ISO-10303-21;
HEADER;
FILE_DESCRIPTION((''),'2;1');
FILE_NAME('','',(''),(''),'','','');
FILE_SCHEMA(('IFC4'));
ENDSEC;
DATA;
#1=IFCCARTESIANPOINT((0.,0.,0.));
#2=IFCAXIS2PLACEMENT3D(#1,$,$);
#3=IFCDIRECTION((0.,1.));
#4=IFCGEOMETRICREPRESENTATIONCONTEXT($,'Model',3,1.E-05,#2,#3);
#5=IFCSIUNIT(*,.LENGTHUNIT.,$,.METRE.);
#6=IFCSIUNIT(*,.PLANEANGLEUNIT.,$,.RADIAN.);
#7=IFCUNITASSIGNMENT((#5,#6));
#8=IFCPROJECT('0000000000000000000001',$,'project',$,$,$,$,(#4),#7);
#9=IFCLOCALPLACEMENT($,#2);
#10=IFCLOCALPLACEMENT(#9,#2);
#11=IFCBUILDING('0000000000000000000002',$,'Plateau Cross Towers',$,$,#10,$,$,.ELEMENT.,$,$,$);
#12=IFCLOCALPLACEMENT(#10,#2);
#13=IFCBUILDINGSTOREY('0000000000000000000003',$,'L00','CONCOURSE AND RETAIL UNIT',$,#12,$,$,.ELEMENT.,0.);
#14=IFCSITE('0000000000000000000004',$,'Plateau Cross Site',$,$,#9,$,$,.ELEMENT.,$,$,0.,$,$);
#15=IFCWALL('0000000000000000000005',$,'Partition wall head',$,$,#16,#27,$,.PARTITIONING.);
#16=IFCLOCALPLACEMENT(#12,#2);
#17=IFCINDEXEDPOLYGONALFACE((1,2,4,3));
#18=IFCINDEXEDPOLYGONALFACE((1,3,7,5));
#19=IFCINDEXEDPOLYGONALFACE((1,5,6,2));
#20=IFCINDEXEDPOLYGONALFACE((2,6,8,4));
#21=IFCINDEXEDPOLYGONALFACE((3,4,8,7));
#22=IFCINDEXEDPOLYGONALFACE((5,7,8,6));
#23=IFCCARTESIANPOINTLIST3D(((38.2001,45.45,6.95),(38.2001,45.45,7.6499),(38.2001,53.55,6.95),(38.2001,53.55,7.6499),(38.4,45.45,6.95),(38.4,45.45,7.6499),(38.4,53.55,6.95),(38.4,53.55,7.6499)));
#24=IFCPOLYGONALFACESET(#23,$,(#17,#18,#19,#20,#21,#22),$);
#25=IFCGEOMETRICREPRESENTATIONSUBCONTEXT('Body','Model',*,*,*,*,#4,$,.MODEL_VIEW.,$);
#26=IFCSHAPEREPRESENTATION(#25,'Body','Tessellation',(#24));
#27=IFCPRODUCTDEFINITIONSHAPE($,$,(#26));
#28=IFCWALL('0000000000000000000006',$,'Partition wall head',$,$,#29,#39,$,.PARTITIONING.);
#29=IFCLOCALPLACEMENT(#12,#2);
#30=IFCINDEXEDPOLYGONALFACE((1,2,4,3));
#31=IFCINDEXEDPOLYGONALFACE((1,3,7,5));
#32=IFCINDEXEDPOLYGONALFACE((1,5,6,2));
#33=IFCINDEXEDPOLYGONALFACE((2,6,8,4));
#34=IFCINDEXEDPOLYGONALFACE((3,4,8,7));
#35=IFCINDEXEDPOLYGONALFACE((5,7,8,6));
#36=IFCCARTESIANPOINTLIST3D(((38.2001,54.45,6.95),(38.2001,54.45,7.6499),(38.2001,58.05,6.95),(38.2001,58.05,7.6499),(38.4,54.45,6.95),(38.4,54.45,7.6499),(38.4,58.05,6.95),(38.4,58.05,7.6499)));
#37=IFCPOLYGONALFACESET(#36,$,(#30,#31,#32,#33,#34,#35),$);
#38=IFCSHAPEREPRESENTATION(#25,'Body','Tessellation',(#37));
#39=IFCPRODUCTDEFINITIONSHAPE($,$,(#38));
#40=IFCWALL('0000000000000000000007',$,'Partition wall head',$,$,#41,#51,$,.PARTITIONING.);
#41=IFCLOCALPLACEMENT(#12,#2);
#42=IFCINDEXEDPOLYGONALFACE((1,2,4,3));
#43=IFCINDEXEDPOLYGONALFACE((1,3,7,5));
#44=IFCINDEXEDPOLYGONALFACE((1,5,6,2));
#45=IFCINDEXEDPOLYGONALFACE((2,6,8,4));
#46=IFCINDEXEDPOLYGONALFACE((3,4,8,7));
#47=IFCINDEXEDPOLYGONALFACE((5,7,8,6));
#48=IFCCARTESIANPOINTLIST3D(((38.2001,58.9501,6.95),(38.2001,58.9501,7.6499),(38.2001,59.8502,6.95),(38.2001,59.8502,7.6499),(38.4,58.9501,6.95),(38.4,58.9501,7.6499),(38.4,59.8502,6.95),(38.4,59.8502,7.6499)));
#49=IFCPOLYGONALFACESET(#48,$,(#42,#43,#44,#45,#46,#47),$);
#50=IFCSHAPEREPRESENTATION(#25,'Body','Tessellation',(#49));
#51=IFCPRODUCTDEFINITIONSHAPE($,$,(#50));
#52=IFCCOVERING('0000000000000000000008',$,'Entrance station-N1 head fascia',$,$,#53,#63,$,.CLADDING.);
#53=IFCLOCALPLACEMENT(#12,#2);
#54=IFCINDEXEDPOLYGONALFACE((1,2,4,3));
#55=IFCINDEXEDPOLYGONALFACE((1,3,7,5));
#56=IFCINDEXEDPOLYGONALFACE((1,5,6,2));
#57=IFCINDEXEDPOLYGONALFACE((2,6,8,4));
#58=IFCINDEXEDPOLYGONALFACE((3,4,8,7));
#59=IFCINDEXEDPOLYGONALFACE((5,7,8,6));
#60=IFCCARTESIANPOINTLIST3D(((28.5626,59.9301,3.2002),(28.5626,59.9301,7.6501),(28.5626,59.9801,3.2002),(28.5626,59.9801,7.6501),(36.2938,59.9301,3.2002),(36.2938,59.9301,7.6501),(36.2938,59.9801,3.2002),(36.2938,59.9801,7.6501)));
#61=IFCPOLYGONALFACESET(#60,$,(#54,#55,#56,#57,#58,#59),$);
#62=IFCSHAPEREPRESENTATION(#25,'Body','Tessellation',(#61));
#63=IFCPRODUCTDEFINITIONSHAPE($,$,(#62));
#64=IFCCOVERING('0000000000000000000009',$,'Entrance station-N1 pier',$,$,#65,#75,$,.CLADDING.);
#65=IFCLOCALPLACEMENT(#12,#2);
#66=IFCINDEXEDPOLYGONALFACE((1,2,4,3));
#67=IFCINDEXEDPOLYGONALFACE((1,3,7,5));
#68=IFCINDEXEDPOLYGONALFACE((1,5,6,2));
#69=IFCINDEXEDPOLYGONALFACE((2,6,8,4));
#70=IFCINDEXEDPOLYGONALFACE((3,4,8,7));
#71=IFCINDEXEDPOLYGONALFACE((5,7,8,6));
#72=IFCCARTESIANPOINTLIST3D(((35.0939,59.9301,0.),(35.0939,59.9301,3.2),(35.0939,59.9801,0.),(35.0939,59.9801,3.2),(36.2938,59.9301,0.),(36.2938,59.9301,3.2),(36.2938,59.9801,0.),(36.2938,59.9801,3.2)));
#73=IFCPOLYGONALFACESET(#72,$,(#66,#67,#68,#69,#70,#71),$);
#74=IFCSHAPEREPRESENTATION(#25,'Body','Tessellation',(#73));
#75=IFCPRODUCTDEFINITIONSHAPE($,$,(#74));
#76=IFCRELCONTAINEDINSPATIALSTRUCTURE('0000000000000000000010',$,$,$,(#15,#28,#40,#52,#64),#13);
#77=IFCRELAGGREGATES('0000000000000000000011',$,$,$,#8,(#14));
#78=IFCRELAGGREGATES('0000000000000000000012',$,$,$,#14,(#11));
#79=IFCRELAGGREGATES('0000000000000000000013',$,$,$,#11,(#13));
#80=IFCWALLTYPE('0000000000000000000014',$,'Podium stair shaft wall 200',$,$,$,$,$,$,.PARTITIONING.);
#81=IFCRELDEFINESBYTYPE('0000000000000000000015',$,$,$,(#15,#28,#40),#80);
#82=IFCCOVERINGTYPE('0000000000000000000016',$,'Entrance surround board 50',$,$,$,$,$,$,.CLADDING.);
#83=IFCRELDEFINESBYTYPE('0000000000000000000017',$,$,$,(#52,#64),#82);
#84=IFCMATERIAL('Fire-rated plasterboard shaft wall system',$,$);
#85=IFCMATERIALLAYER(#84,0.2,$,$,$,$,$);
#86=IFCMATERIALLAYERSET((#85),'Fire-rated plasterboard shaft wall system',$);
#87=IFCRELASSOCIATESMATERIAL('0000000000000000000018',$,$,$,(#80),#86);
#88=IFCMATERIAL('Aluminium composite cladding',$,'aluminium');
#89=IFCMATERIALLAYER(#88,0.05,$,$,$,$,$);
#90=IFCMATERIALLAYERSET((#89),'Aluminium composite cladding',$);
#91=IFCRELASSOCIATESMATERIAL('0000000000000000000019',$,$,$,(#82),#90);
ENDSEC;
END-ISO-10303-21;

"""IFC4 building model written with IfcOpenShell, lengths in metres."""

from ifc_helpers import new_model, si_unit, direction, frame, frame_2d, origin, origin_2d, place, context, subcontext, project, spatial, rectangle, extrude, material, layer, layer_set, type_object, element, save


model = new_model("IFC4")

# Units and contexts
model_context = context("Model", 3, precision=1e-05, world=origin(), true_north=direction((0.0, 1.0)))
body_context = subcontext(model_context, "Body", "Model", "MODEL_VIEW")
ifc_project = project(units=[si_unit("LENGTHUNIT", "METRE"), si_unit("PLANEANGLEUNIT", "RADIAN")], contexts=[model_context])

# Site, building, storey
site_placement = place(None, origin())
site = spatial("IfcSite", under=ifc_project, at=site_placement, Name="Plateau Cross Site", CompositionType="ELEMENT", RefElevation=0.0)
building_placement = place(site_placement, origin())
building = spatial("IfcBuilding", under=site, at=building_placement, Name="Plateau Cross Towers", CompositionType="ELEMENT")
storey_placement = place(building_placement, origin())
storey = spatial("IfcBuildingStorey", under=building, at=storey_placement, Name="L00", Description="CONCOURSE AND RETAIL UNIT", CompositionType="ELEMENT", Elevation=0.0)

# Walls
ifc_material_1 = material(Name="Fire-rated plasterboard shaft wall system")
ifc_layer_1 = layer(ifc_material_1, 0.2)
ifc_layer_set_1 = layer_set([ifc_layer_1], Name="Fire-rated plasterboard shaft wall system")
wall_type_1 = type_object("IfcWallType", Name="Podium stair shaft wall 200", PredefinedType="PARTITIONING", material=ifc_layer_set_1)
for number, where, z_axis, x_axis, name in (
    (1, (38.3, 45.45, 6.95), (0.0, 0.0, 1.0), (0.0, 1.0, 0.0), "Partition wall head"),
):
    element("IfcWall", number, at=place(storey_placement, frame(where, z_axis=z_axis, x_axis=x_axis)), inside=storey, type_object=wall_type_1, Name=name, PredefinedType="PARTITIONING", context=body_context, shape_type="SweptSolid", body=[
        extrude(rectangle(XDim=8.1001, YDim=0.2, at=frame_2d((4.05, 0.0))), origin(), (0.0, 0.0, 1.0), 0.7),
    ])
wall_1_placement = place(storey_placement, frame((38.3, 54.45, 6.95), z_axis=(0.0, 0.0, 1.0), x_axis=(0.0, 1.0, 0.0)))
element("IfcWall", 2, at=wall_1_placement, inside=storey, type_object=wall_type_1, Name="Partition wall head", PredefinedType="PARTITIONING", context=body_context, shape_type="SweptSolid", body=[
    extrude(rectangle(XDim=3.6001, YDim=0.2, at=frame_2d((1.8, 0.0))), origin(), (0.0, 0.0, 1.0), 0.7),
])
wall_2_placement = place(storey_placement, frame((38.3, 58.95, 6.95), z_axis=(0.0, 0.0, 1.0), x_axis=(0.0, 1.0, 0.0)))
element("IfcWall", 3, at=wall_2_placement, inside=storey, type_object=wall_type_1, Name="Partition wall head", PredefinedType="PARTITIONING", context=body_context, shape_type="SweptSolid", body=[
    extrude(rectangle(XDim=0.9001, YDim=0.2, at=frame_2d((0.4502, 0.0))), origin(), (0.0, 0.0, 1.0), 0.7),
])

# Coverings
ifc_material_2 = material(Name="Aluminium composite cladding", Category="aluminium")
ifc_layer_2 = layer(ifc_material_2, 0.05)
ifc_layer_set_2 = layer_set([ifc_layer_2], Name="Aluminium composite cladding")
covering_type = type_object("IfcCoveringType", Name="Entrance surround board 50", PredefinedType="CLADDING", material=ifc_layer_set_2)
covering_1_placement = place(storey_placement, frame((32.4282, 59.9551, 3.2002), z_axis=(0.0, 0.0, 1.0), x_axis=(-1.0, 0.0, 0.0)))
element("IfcCovering", 4, at=covering_1_placement, inside=storey, type_object=covering_type, Name="Entrance station-N1 head fascia", PredefinedType="CLADDING", context=body_context, shape_type="SweptSolid", body=[
    extrude(rectangle(XDim=7.7312, YDim=0.05, at=origin_2d()), origin(), (0.0, 0.0, 1.0), 4.45),
])
covering_2_placement = place(storey_placement, frame((35.6938, 59.9551, 0.0), z_axis=(0.0, 0.0, 1.0), x_axis=(-1.0, 0.0, 0.0)))
element("IfcCovering", 5, at=covering_2_placement, inside=storey, type_object=covering_type, Name="Entrance station-N1 pier", PredefinedType="CLADDING", context=body_context, shape_type="SweptSolid", body=[
    extrude(rectangle(XDim=1.2, YDim=0.05, at=origin_2d()), origin(), (0.0, 0.0, 1.0), 3.2),
])

save(model, "model.ifc")
